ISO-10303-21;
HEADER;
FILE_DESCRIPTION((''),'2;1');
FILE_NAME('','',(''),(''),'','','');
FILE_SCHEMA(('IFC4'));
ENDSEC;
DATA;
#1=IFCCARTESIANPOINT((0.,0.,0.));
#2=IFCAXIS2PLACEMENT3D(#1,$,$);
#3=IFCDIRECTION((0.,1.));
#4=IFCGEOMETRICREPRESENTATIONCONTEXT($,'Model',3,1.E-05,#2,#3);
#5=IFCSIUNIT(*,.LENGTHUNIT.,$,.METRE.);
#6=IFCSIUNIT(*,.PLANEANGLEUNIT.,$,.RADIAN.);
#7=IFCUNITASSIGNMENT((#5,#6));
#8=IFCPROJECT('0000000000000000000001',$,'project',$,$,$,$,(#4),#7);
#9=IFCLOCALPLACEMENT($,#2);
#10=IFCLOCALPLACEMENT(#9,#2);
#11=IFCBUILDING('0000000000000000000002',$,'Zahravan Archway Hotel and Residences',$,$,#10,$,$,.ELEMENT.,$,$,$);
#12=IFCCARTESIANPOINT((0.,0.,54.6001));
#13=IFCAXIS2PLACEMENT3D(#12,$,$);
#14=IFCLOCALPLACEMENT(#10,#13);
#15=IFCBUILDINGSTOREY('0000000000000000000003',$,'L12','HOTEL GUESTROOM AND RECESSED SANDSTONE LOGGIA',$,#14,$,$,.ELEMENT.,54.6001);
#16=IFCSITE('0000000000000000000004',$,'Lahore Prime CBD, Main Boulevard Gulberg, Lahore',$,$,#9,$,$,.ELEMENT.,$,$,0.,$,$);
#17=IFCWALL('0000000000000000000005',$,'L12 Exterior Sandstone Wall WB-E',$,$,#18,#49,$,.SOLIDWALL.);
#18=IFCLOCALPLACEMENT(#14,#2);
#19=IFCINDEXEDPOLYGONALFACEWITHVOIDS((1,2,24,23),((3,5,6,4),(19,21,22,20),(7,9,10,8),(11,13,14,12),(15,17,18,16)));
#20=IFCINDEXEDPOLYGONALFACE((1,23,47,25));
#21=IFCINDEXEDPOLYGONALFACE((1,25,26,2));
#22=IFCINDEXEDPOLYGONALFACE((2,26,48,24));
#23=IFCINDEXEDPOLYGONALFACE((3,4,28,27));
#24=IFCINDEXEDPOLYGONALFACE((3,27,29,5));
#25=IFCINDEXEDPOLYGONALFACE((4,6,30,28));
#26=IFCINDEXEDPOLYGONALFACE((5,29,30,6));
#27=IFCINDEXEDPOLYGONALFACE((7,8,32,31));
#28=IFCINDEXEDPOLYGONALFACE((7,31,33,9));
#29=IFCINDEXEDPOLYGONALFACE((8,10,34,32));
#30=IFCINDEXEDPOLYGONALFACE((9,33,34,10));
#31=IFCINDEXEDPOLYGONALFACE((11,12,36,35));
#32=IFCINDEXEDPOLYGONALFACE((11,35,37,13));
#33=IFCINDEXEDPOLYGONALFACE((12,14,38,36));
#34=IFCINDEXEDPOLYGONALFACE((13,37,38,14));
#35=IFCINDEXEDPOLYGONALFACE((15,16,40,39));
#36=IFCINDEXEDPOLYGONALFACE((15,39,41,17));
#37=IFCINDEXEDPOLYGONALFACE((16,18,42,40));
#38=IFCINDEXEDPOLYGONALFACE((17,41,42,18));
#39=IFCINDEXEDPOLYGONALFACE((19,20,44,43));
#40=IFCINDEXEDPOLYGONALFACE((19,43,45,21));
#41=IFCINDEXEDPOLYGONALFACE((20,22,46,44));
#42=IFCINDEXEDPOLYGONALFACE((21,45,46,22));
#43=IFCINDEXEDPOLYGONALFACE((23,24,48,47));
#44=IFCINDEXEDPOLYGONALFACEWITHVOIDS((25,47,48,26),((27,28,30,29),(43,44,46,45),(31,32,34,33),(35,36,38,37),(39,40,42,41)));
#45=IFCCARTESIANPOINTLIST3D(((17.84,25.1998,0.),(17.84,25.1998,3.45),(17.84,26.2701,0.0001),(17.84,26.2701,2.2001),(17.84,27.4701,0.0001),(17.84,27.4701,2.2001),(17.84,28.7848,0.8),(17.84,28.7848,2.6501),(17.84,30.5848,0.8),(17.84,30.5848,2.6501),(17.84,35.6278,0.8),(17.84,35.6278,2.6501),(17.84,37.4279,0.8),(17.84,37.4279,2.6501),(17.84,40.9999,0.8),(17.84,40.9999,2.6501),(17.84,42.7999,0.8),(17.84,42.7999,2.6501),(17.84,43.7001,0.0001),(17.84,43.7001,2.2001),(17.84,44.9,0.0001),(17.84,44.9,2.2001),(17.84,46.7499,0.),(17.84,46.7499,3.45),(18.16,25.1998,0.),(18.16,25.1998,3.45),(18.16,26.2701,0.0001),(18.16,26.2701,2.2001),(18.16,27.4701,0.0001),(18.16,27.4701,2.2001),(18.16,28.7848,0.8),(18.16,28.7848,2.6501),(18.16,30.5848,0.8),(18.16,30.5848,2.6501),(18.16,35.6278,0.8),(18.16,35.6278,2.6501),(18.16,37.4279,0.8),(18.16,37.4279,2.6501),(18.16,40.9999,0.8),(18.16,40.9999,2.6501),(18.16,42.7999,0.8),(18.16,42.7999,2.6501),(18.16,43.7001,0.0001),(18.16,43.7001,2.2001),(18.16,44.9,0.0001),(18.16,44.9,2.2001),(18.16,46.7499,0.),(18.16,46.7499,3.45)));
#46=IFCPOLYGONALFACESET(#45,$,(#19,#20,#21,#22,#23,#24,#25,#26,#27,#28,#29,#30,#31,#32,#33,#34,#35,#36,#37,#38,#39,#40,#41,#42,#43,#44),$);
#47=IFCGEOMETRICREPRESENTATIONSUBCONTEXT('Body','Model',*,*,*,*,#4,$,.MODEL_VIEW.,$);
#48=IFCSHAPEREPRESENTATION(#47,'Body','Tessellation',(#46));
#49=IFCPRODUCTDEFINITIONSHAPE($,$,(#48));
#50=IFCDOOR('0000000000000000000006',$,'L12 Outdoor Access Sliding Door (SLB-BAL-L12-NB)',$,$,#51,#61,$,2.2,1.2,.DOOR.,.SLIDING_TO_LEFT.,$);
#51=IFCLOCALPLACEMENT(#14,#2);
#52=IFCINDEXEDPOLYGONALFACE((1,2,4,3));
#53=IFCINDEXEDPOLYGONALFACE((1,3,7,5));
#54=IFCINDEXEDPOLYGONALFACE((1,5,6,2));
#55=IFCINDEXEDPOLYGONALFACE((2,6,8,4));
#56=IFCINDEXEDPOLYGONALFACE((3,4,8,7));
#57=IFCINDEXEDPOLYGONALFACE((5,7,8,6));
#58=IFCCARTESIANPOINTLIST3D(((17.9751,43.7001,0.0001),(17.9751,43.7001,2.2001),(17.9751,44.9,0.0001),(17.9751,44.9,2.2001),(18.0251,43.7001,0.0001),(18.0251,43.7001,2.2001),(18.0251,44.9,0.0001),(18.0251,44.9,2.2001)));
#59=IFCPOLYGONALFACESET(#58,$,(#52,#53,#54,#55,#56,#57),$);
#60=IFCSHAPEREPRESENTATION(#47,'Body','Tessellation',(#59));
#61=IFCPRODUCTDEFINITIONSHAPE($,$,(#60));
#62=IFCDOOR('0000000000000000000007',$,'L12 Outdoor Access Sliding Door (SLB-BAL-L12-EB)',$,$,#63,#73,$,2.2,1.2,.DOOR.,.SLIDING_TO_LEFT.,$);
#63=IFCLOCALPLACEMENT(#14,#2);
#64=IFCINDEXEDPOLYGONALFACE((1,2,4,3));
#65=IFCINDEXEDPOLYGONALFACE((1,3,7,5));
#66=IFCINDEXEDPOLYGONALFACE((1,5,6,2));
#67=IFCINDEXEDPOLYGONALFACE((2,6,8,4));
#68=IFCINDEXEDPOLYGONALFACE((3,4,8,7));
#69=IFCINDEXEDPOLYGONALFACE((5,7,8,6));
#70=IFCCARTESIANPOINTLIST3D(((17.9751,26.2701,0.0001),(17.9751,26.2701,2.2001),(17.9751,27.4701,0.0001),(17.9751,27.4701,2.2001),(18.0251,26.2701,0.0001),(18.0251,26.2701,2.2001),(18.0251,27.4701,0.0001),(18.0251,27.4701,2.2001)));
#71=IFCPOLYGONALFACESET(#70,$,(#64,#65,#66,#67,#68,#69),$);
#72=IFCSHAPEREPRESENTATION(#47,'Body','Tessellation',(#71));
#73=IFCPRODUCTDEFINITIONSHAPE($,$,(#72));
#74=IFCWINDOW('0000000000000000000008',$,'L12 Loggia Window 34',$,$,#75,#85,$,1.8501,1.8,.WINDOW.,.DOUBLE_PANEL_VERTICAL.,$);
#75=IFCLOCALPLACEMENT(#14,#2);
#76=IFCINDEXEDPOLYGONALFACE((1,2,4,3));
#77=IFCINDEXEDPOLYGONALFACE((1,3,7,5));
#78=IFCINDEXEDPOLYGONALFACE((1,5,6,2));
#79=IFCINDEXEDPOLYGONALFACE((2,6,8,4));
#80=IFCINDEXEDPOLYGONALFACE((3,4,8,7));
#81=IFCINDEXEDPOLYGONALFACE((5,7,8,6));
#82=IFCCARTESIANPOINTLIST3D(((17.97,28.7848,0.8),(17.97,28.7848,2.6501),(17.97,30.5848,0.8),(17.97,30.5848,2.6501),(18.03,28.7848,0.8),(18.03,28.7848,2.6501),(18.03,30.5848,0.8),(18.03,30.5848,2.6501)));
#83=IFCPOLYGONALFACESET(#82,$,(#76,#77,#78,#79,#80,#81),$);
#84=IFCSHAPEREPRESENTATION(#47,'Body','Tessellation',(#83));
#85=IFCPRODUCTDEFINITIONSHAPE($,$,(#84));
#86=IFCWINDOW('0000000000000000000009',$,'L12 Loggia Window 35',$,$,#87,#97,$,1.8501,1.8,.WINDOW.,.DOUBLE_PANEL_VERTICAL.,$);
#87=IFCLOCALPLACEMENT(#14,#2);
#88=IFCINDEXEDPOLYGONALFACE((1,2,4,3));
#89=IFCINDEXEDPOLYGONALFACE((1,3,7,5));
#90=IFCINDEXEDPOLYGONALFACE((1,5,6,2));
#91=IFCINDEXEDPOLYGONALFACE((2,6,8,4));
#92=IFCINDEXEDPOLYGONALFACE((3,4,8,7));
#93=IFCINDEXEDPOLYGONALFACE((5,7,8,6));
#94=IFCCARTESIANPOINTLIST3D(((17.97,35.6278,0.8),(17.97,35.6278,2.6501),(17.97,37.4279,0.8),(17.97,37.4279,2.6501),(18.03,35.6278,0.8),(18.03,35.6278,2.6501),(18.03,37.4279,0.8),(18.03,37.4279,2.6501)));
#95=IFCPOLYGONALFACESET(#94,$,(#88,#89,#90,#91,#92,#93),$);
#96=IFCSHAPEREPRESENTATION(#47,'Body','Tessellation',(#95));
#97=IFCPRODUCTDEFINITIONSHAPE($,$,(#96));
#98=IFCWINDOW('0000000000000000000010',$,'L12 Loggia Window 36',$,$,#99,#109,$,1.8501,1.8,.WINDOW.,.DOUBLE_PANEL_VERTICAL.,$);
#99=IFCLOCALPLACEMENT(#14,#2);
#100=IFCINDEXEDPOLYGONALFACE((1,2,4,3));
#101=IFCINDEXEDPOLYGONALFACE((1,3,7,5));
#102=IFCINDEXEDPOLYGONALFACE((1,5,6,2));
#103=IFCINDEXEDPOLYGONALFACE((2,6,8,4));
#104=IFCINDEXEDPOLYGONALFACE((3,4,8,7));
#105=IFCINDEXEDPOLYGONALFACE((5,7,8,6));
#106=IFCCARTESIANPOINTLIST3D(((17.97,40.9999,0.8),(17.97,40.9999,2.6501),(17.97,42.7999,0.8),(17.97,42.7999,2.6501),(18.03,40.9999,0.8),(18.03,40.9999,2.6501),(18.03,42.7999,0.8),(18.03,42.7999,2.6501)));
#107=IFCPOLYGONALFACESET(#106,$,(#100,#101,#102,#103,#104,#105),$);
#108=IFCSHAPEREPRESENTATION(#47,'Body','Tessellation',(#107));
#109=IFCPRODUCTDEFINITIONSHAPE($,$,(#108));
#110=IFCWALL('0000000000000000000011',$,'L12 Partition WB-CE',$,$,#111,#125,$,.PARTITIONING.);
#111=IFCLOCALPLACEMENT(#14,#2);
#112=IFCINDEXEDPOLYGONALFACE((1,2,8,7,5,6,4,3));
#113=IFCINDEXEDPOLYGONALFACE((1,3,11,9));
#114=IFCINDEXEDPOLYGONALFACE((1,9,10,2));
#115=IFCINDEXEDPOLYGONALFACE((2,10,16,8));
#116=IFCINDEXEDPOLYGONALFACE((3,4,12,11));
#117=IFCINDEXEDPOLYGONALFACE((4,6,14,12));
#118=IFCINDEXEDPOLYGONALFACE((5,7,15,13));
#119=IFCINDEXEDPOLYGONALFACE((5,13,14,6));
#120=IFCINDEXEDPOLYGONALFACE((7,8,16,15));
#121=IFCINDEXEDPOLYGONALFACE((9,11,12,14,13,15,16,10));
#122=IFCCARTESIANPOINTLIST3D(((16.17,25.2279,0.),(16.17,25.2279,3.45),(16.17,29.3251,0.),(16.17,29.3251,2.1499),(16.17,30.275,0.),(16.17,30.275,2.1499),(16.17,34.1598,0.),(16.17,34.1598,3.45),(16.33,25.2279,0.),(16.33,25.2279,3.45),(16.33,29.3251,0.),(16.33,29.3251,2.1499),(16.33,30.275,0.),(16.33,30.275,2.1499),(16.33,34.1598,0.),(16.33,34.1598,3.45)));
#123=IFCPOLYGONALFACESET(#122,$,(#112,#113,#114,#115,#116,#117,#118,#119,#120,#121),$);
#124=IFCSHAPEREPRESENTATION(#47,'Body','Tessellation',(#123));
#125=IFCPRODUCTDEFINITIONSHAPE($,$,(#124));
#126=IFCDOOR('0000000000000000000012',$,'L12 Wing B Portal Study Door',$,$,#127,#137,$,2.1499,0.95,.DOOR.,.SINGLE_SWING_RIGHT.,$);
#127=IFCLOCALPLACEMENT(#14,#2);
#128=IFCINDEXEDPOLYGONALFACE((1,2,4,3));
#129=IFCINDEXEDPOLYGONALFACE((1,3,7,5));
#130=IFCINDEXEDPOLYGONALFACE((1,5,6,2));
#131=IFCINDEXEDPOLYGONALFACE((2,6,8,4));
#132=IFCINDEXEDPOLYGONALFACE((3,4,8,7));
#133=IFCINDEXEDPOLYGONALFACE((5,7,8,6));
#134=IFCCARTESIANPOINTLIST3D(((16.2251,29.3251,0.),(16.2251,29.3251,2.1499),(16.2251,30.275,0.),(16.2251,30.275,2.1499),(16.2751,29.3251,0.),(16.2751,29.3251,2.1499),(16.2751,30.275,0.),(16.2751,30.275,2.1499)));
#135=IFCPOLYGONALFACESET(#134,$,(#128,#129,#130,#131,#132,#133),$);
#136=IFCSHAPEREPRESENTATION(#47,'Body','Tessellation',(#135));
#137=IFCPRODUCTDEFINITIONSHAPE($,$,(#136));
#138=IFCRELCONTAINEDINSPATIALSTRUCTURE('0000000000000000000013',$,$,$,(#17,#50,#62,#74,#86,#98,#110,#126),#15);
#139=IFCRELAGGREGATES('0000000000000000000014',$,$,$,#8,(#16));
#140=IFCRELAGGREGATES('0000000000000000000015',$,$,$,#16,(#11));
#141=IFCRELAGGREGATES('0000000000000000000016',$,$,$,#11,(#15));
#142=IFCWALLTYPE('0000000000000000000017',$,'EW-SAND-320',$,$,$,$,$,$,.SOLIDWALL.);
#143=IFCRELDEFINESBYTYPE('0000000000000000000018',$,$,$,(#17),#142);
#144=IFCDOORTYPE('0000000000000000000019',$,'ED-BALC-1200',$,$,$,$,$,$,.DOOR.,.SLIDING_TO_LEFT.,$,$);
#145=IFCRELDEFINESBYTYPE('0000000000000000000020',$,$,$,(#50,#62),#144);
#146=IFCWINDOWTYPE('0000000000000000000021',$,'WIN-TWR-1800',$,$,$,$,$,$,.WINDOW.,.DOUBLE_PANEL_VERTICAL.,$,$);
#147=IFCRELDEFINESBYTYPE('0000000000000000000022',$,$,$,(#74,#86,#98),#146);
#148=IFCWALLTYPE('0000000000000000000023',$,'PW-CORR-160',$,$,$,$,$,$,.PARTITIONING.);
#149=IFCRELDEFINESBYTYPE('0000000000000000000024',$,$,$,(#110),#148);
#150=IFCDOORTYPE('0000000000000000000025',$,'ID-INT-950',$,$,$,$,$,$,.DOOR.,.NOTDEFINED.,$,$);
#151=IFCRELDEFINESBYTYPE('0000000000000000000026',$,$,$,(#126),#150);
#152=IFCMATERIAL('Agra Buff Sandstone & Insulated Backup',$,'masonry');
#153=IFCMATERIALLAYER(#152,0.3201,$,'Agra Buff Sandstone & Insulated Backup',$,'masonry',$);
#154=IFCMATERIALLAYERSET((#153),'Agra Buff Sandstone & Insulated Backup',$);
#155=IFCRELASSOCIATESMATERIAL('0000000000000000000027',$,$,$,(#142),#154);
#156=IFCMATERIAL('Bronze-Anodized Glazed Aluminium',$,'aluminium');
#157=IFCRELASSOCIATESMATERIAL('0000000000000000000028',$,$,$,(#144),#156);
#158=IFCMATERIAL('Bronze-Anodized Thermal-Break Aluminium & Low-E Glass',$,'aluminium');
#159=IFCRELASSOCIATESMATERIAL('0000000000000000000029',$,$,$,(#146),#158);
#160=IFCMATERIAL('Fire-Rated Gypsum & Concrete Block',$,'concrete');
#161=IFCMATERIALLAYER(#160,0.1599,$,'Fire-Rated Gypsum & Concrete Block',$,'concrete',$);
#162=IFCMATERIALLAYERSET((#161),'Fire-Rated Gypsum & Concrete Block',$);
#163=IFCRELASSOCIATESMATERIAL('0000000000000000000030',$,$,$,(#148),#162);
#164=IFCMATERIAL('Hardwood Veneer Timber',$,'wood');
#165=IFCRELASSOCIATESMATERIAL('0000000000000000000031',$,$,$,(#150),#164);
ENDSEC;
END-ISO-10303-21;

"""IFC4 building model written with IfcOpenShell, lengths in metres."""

from ifc_helpers import new_model, si_unit, direction, frame, frame_2d, origin, place, context, subcontext, project, spatial, rectangle, extrude, source, transform, mapped, material, layer, layer_set, type_object, type_shapes, element, fill, save


model = new_model("IFC4")

# Units and contexts
model_context = context("Model", 3, precision=1e-05, world=origin(), true_north=direction((0.0, 1.0)))
body_context = subcontext(model_context, "Body", "Model", "MODEL_VIEW")
ifc_project = project(units=[si_unit("LENGTHUNIT", "METRE"), si_unit("PLANEANGLEUNIT", "RADIAN")], contexts=[model_context])

# Site, building, storey
site_placement = place(None, origin())
site = spatial("IfcSite", under=ifc_project, at=site_placement, Name="Lahore Prime CBD, Main Boulevard Gulberg, Lahore", CompositionType="ELEMENT", RefElevation=0.0)
building_placement = place(site_placement, origin())
building = spatial("IfcBuilding", under=site, at=building_placement, Name="Zahravan Archway Hotel and Residences", CompositionType="ELEMENT")
storey_placement = place(building_placement, frame((0.0, 0.0, 54.6001)))
storey = spatial("IfcBuildingStorey", under=building, at=storey_placement, Name="L12", Description="HOTEL GUESTROOM AND RECESSED SANDSTONE LOGGIA", CompositionType="ELEMENT", Elevation=54.6001)

# Wall, openings, doors, windows
ifc_material_1 = material(Name="Agra Buff Sandstone & Insulated Backup", Category="masonry")
ifc_layer_1 = layer(ifc_material_1, 0.3201, Name="Agra Buff Sandstone & Insulated Backup", Category="masonry")
ifc_layer_set_1 = layer_set([ifc_layer_1], Name="Agra Buff Sandstone & Insulated Backup")
wall_type_1 = type_object("IfcWallType", Name="EW-SAND-320", PredefinedType="SOLIDWALL", material=ifc_layer_set_1)
wall_1_placement = place(storey_placement, frame((18.0, 25.2, 0.0), z_axis=(0.0, 0.0, 1.0), x_axis=(0.0, 1.0, 0.0)))
wall_1 = element("IfcWall", 1, at=wall_1_placement, inside=storey, type_object=wall_type_1, Name="L12 Exterior Sandstone Wall WB-E", PredefinedType="SOLIDWALL", context=body_context, shape_type="SweptSolid", body=[
    extrude(rectangle(XDim=21.55, YDim=0.3201, at=frame_2d((10.7749, 0.0))), origin(), (0.0, 0.0, 1.0), 3.45),
])
opening_1_placement = place(wall_1_placement, frame((18.5, 0.0, 0.0)))
opening_1 = element("IfcOpeningElement", 2, at=opening_1_placement, cuts=wall_1, PredefinedType="OPENING", context=body_context, shape_type="SweptSolid", body=[
    extrude(rectangle(XDim=1.2, YDim=2.2, at=frame_2d((0.6001, 1.1001))), frame((0.0, 0.1699, 0.0), z_axis=(0.0, -1.0, 0.0), x_axis=(1.0, 0.0, 0.0)), (0.0, 0.0, 1.0), 0.3401),
])
opening_2_placement = place(wall_1_placement, frame((1.0701, 0.0, 0.0)))
opening_2 = element("IfcOpeningElement", 3, at=opening_2_placement, cuts=wall_1, PredefinedType="OPENING", context=body_context, shape_type="SweptSolid", body=[
    extrude(rectangle(XDim=1.2, YDim=2.2, at=frame_2d((0.6001, 1.1001))), frame((0.0, 0.1699, 0.0), z_axis=(0.0, -1.0, 0.0), x_axis=(1.0, 0.0, 0.0)), (0.0, 0.0, 1.0), 0.3401),
])
opening_3_placement = place(wall_1_placement, frame((3.585, 0.0, 0.8)))
opening_3 = element("IfcOpeningElement", 4, at=opening_3_placement, cuts=wall_1, PredefinedType="OPENING", context=body_context, shape_type="SweptSolid", body=[
    extrude(rectangle(XDim=1.8, YDim=1.8501, at=frame_2d((0.8999, 0.925))), frame((0.0, 0.1699, 0.0), z_axis=(0.0, -1.0, 0.0), x_axis=(1.0, 0.0, 0.0)), (0.0, 0.0, 1.0), 0.3401),
])
opening_4_placement = place(wall_1_placement, frame((10.428, 0.0, 0.8)))
opening_4 = element("IfcOpeningElement", 5, at=opening_4_placement, cuts=wall_1, PredefinedType="OPENING", context=body_context, shape_type="SweptSolid", body=[
    extrude(rectangle(XDim=1.8, YDim=1.8501, at=frame_2d((0.8999, 0.925))), frame((0.0, 0.1699, 0.0), z_axis=(0.0, -1.0, 0.0), x_axis=(1.0, 0.0, 0.0)), (0.0, 0.0, 1.0), 0.3401),
])
opening_5_placement = place(wall_1_placement, frame((15.8, 0.0, 0.8)))
opening_5 = element("IfcOpeningElement", 6, at=opening_5_placement, cuts=wall_1, PredefinedType="OPENING", context=body_context, shape_type="SweptSolid", body=[
    extrude(rectangle(XDim=1.8, YDim=1.8501, at=frame_2d((0.8999, 0.925))), frame((0.0, 0.1699, 0.0), z_axis=(0.0, -1.0, 0.0), x_axis=(1.0, 0.0, 0.0)), (0.0, 0.0, 1.0), 0.3401),
])
ifc_material_2 = material(Name="Bronze-Anodized Glazed Aluminium", Category="aluminium")
door_type_1 = type_object("IfcDoorType", Name="ED-BALC-1200", OperationType="SLIDING_TO_LEFT", PredefinedType="DOOR", material=ifc_material_2)
shared_shape_1 = source(origin(), body_context, "Body", "SweptSolid", [
    extrude(rectangle(XDim=1.2, YDim=2.2, at=frame_2d((0.6001, 1.1001))), frame((0.0, 0.0249, 0.0), z_axis=(0.0, -1.0, 0.0), x_axis=(1.0, 0.0, 0.0)), (0.0, 0.0, 1.0), 0.05),
])
type_shapes(door_type_1, [shared_shape_1])
door_1_placement = place(opening_1_placement, origin())
door_1 = element("IfcDoor", 7, at=door_1_placement, inside=storey, type_object=door_type_1, Name="L12 Outdoor Access Sliding Door (SLB-BAL-L12-NB)", OperationType="SLIDING_TO_LEFT", OverallHeight=2.2, OverallWidth=1.2, PredefinedType="DOOR", context=body_context, shape_type="MappedRepresentation", body=[
    mapped(shared_shape_1, transform((0.0, 0.0, 0.0), scale=1.0)),
])
fill(opening_1, door_1)
door_2_placement = place(opening_2_placement, origin())
door_2 = element("IfcDoor", 8, at=door_2_placement, inside=storey, type_object=door_type_1, Name="L12 Outdoor Access Sliding Door (SLB-BAL-L12-EB)", OperationType="SLIDING_TO_LEFT", OverallHeight=2.2, OverallWidth=1.2, PredefinedType="DOOR", context=body_context, shape_type="MappedRepresentation", body=[
    mapped(shared_shape_1, transform((0.0, 0.0, 0.0), scale=1.0)),
])
fill(opening_2, door_2)
ifc_material_3 = material(Name="Bronze-Anodized Thermal-Break Aluminium & Low-E Glass", Category="aluminium")
window_type = type_object("IfcWindowType", Name="WIN-TWR-1800", PartitioningType="DOUBLE_PANEL_VERTICAL", PredefinedType="WINDOW", material=ifc_material_3)
shared_shape_2 = source(origin(), body_context, "Body", "SweptSolid", [
    extrude(rectangle(XDim=1.8, YDim=1.8501, at=frame_2d((0.8999, 0.925))), frame((0.0, 0.03, 0.0), z_axis=(0.0, -1.0, 0.0), x_axis=(1.0, 0.0, 0.0)), (0.0, 0.0, 1.0), 0.0601),
])
type_shapes(window_type, [shared_shape_2])
window_1_placement = place(opening_3_placement, origin())
window_1 = element("IfcWindow", 9, at=window_1_placement, inside=storey, type_object=window_type, Name="L12 Loggia Window 34", OverallHeight=1.8501, OverallWidth=1.8, PartitioningType="DOUBLE_PANEL_VERTICAL", PredefinedType="WINDOW", context=body_context, shape_type="MappedRepresentation", body=[
    mapped(shared_shape_2, transform((0.0, 0.0, 0.0), scale=1.0)),
])
fill(opening_3, window_1)
window_2_placement = place(opening_4_placement, origin())
window_2 = element("IfcWindow", 10, at=window_2_placement, inside=storey, type_object=window_type, Name="L12 Loggia Window 35", OverallHeight=1.8501, OverallWidth=1.8, PartitioningType="DOUBLE_PANEL_VERTICAL", PredefinedType="WINDOW", context=body_context, shape_type="MappedRepresentation", body=[
    mapped(shared_shape_2, transform((0.0, 0.0, 0.0), scale=1.0)),
])
fill(opening_4, window_2)
window_3_placement = place(opening_5_placement, origin())
window_3 = element("IfcWindow", 11, at=window_3_placement, inside=storey, type_object=window_type, Name="L12 Loggia Window 36", OverallHeight=1.8501, OverallWidth=1.8, PartitioningType="DOUBLE_PANEL_VERTICAL", PredefinedType="WINDOW", context=body_context, shape_type="MappedRepresentation", body=[
    mapped(shared_shape_2, transform((0.0, 0.0, 0.0), scale=1.0)),
])
fill(opening_5, window_3)

# Wall, opening, door
ifc_material_4 = material(Name="Fire-Rated Gypsum & Concrete Block", Category="concrete")
ifc_layer_2 = layer(ifc_material_4, 0.1599, Name="Fire-Rated Gypsum & Concrete Block", Category="concrete")
ifc_layer_set_2 = layer_set([ifc_layer_2], Name="Fire-Rated Gypsum & Concrete Block")
wall_type_2 = type_object("IfcWallType", Name="PW-CORR-160", PredefinedType="PARTITIONING", material=ifc_layer_set_2)
wall_2_placement = place(storey_placement, frame((16.25, 25.228, 0.0), z_axis=(0.0, 0.0, 1.0), x_axis=(0.0, 1.0, 0.0)))
wall_2 = element("IfcWall", 12, at=wall_2_placement, inside=storey, type_object=wall_type_2, Name="L12 Partition WB-CE", PredefinedType="PARTITIONING", context=body_context, shape_type="SweptSolid", body=[
    extrude(rectangle(XDim=8.9319, YDim=0.1599, at=frame_2d((4.4658, 0.0))), origin(), (0.0, 0.0, 1.0), 3.45),
])
opening_6_placement = place(wall_2_placement, frame((4.0969, 0.0, 0.0)))
opening_6 = element("IfcOpeningElement", 13, at=opening_6_placement, cuts=wall_2, PredefinedType="OPENING", context=body_context, shape_type="SweptSolid", body=[
    extrude(rectangle(XDim=0.95, YDim=2.1499, at=frame_2d((0.4751, 1.075))), frame((0.0, 0.0898, 0.0), z_axis=(0.0, -1.0, 0.0), x_axis=(1.0, 0.0, 0.0)), (0.0, 0.0, 1.0), 0.1799),
])
ifc_material_5 = material(Name="Hardwood Veneer Timber", Category="wood")
door_type_2 = type_object("IfcDoorType", Name="ID-INT-950", OperationType="NOTDEFINED", PredefinedType="DOOR", material=ifc_material_5)
shared_shape_3 = source(origin(), body_context, "Body", "SweptSolid", [
    extrude(rectangle(XDim=0.95, YDim=2.1499, at=frame_2d((0.4751, 1.075))), frame((0.0, 0.0249, 0.0), z_axis=(0.0, -1.0, 0.0), x_axis=(1.0, 0.0, 0.0)), (0.0, 0.0, 1.0), 0.05),
])
type_shapes(door_type_2, [shared_shape_3])
door_3_placement = place(opening_6_placement, origin())
door_3 = element("IfcDoor", 14, at=door_3_placement, inside=storey, type_object=door_type_2, Name="L12 Wing B Portal Study Door", OperationType="SINGLE_SWING_RIGHT", OverallHeight=2.1499, OverallWidth=0.95, PredefinedType="DOOR", context=body_context, shape_type="MappedRepresentation", body=[
    mapped(shared_shape_3, transform((0.0, 0.0, 0.0), scale=1.0)),
])
fill(opening_6, door_3)

save(model, "model.ifc")
